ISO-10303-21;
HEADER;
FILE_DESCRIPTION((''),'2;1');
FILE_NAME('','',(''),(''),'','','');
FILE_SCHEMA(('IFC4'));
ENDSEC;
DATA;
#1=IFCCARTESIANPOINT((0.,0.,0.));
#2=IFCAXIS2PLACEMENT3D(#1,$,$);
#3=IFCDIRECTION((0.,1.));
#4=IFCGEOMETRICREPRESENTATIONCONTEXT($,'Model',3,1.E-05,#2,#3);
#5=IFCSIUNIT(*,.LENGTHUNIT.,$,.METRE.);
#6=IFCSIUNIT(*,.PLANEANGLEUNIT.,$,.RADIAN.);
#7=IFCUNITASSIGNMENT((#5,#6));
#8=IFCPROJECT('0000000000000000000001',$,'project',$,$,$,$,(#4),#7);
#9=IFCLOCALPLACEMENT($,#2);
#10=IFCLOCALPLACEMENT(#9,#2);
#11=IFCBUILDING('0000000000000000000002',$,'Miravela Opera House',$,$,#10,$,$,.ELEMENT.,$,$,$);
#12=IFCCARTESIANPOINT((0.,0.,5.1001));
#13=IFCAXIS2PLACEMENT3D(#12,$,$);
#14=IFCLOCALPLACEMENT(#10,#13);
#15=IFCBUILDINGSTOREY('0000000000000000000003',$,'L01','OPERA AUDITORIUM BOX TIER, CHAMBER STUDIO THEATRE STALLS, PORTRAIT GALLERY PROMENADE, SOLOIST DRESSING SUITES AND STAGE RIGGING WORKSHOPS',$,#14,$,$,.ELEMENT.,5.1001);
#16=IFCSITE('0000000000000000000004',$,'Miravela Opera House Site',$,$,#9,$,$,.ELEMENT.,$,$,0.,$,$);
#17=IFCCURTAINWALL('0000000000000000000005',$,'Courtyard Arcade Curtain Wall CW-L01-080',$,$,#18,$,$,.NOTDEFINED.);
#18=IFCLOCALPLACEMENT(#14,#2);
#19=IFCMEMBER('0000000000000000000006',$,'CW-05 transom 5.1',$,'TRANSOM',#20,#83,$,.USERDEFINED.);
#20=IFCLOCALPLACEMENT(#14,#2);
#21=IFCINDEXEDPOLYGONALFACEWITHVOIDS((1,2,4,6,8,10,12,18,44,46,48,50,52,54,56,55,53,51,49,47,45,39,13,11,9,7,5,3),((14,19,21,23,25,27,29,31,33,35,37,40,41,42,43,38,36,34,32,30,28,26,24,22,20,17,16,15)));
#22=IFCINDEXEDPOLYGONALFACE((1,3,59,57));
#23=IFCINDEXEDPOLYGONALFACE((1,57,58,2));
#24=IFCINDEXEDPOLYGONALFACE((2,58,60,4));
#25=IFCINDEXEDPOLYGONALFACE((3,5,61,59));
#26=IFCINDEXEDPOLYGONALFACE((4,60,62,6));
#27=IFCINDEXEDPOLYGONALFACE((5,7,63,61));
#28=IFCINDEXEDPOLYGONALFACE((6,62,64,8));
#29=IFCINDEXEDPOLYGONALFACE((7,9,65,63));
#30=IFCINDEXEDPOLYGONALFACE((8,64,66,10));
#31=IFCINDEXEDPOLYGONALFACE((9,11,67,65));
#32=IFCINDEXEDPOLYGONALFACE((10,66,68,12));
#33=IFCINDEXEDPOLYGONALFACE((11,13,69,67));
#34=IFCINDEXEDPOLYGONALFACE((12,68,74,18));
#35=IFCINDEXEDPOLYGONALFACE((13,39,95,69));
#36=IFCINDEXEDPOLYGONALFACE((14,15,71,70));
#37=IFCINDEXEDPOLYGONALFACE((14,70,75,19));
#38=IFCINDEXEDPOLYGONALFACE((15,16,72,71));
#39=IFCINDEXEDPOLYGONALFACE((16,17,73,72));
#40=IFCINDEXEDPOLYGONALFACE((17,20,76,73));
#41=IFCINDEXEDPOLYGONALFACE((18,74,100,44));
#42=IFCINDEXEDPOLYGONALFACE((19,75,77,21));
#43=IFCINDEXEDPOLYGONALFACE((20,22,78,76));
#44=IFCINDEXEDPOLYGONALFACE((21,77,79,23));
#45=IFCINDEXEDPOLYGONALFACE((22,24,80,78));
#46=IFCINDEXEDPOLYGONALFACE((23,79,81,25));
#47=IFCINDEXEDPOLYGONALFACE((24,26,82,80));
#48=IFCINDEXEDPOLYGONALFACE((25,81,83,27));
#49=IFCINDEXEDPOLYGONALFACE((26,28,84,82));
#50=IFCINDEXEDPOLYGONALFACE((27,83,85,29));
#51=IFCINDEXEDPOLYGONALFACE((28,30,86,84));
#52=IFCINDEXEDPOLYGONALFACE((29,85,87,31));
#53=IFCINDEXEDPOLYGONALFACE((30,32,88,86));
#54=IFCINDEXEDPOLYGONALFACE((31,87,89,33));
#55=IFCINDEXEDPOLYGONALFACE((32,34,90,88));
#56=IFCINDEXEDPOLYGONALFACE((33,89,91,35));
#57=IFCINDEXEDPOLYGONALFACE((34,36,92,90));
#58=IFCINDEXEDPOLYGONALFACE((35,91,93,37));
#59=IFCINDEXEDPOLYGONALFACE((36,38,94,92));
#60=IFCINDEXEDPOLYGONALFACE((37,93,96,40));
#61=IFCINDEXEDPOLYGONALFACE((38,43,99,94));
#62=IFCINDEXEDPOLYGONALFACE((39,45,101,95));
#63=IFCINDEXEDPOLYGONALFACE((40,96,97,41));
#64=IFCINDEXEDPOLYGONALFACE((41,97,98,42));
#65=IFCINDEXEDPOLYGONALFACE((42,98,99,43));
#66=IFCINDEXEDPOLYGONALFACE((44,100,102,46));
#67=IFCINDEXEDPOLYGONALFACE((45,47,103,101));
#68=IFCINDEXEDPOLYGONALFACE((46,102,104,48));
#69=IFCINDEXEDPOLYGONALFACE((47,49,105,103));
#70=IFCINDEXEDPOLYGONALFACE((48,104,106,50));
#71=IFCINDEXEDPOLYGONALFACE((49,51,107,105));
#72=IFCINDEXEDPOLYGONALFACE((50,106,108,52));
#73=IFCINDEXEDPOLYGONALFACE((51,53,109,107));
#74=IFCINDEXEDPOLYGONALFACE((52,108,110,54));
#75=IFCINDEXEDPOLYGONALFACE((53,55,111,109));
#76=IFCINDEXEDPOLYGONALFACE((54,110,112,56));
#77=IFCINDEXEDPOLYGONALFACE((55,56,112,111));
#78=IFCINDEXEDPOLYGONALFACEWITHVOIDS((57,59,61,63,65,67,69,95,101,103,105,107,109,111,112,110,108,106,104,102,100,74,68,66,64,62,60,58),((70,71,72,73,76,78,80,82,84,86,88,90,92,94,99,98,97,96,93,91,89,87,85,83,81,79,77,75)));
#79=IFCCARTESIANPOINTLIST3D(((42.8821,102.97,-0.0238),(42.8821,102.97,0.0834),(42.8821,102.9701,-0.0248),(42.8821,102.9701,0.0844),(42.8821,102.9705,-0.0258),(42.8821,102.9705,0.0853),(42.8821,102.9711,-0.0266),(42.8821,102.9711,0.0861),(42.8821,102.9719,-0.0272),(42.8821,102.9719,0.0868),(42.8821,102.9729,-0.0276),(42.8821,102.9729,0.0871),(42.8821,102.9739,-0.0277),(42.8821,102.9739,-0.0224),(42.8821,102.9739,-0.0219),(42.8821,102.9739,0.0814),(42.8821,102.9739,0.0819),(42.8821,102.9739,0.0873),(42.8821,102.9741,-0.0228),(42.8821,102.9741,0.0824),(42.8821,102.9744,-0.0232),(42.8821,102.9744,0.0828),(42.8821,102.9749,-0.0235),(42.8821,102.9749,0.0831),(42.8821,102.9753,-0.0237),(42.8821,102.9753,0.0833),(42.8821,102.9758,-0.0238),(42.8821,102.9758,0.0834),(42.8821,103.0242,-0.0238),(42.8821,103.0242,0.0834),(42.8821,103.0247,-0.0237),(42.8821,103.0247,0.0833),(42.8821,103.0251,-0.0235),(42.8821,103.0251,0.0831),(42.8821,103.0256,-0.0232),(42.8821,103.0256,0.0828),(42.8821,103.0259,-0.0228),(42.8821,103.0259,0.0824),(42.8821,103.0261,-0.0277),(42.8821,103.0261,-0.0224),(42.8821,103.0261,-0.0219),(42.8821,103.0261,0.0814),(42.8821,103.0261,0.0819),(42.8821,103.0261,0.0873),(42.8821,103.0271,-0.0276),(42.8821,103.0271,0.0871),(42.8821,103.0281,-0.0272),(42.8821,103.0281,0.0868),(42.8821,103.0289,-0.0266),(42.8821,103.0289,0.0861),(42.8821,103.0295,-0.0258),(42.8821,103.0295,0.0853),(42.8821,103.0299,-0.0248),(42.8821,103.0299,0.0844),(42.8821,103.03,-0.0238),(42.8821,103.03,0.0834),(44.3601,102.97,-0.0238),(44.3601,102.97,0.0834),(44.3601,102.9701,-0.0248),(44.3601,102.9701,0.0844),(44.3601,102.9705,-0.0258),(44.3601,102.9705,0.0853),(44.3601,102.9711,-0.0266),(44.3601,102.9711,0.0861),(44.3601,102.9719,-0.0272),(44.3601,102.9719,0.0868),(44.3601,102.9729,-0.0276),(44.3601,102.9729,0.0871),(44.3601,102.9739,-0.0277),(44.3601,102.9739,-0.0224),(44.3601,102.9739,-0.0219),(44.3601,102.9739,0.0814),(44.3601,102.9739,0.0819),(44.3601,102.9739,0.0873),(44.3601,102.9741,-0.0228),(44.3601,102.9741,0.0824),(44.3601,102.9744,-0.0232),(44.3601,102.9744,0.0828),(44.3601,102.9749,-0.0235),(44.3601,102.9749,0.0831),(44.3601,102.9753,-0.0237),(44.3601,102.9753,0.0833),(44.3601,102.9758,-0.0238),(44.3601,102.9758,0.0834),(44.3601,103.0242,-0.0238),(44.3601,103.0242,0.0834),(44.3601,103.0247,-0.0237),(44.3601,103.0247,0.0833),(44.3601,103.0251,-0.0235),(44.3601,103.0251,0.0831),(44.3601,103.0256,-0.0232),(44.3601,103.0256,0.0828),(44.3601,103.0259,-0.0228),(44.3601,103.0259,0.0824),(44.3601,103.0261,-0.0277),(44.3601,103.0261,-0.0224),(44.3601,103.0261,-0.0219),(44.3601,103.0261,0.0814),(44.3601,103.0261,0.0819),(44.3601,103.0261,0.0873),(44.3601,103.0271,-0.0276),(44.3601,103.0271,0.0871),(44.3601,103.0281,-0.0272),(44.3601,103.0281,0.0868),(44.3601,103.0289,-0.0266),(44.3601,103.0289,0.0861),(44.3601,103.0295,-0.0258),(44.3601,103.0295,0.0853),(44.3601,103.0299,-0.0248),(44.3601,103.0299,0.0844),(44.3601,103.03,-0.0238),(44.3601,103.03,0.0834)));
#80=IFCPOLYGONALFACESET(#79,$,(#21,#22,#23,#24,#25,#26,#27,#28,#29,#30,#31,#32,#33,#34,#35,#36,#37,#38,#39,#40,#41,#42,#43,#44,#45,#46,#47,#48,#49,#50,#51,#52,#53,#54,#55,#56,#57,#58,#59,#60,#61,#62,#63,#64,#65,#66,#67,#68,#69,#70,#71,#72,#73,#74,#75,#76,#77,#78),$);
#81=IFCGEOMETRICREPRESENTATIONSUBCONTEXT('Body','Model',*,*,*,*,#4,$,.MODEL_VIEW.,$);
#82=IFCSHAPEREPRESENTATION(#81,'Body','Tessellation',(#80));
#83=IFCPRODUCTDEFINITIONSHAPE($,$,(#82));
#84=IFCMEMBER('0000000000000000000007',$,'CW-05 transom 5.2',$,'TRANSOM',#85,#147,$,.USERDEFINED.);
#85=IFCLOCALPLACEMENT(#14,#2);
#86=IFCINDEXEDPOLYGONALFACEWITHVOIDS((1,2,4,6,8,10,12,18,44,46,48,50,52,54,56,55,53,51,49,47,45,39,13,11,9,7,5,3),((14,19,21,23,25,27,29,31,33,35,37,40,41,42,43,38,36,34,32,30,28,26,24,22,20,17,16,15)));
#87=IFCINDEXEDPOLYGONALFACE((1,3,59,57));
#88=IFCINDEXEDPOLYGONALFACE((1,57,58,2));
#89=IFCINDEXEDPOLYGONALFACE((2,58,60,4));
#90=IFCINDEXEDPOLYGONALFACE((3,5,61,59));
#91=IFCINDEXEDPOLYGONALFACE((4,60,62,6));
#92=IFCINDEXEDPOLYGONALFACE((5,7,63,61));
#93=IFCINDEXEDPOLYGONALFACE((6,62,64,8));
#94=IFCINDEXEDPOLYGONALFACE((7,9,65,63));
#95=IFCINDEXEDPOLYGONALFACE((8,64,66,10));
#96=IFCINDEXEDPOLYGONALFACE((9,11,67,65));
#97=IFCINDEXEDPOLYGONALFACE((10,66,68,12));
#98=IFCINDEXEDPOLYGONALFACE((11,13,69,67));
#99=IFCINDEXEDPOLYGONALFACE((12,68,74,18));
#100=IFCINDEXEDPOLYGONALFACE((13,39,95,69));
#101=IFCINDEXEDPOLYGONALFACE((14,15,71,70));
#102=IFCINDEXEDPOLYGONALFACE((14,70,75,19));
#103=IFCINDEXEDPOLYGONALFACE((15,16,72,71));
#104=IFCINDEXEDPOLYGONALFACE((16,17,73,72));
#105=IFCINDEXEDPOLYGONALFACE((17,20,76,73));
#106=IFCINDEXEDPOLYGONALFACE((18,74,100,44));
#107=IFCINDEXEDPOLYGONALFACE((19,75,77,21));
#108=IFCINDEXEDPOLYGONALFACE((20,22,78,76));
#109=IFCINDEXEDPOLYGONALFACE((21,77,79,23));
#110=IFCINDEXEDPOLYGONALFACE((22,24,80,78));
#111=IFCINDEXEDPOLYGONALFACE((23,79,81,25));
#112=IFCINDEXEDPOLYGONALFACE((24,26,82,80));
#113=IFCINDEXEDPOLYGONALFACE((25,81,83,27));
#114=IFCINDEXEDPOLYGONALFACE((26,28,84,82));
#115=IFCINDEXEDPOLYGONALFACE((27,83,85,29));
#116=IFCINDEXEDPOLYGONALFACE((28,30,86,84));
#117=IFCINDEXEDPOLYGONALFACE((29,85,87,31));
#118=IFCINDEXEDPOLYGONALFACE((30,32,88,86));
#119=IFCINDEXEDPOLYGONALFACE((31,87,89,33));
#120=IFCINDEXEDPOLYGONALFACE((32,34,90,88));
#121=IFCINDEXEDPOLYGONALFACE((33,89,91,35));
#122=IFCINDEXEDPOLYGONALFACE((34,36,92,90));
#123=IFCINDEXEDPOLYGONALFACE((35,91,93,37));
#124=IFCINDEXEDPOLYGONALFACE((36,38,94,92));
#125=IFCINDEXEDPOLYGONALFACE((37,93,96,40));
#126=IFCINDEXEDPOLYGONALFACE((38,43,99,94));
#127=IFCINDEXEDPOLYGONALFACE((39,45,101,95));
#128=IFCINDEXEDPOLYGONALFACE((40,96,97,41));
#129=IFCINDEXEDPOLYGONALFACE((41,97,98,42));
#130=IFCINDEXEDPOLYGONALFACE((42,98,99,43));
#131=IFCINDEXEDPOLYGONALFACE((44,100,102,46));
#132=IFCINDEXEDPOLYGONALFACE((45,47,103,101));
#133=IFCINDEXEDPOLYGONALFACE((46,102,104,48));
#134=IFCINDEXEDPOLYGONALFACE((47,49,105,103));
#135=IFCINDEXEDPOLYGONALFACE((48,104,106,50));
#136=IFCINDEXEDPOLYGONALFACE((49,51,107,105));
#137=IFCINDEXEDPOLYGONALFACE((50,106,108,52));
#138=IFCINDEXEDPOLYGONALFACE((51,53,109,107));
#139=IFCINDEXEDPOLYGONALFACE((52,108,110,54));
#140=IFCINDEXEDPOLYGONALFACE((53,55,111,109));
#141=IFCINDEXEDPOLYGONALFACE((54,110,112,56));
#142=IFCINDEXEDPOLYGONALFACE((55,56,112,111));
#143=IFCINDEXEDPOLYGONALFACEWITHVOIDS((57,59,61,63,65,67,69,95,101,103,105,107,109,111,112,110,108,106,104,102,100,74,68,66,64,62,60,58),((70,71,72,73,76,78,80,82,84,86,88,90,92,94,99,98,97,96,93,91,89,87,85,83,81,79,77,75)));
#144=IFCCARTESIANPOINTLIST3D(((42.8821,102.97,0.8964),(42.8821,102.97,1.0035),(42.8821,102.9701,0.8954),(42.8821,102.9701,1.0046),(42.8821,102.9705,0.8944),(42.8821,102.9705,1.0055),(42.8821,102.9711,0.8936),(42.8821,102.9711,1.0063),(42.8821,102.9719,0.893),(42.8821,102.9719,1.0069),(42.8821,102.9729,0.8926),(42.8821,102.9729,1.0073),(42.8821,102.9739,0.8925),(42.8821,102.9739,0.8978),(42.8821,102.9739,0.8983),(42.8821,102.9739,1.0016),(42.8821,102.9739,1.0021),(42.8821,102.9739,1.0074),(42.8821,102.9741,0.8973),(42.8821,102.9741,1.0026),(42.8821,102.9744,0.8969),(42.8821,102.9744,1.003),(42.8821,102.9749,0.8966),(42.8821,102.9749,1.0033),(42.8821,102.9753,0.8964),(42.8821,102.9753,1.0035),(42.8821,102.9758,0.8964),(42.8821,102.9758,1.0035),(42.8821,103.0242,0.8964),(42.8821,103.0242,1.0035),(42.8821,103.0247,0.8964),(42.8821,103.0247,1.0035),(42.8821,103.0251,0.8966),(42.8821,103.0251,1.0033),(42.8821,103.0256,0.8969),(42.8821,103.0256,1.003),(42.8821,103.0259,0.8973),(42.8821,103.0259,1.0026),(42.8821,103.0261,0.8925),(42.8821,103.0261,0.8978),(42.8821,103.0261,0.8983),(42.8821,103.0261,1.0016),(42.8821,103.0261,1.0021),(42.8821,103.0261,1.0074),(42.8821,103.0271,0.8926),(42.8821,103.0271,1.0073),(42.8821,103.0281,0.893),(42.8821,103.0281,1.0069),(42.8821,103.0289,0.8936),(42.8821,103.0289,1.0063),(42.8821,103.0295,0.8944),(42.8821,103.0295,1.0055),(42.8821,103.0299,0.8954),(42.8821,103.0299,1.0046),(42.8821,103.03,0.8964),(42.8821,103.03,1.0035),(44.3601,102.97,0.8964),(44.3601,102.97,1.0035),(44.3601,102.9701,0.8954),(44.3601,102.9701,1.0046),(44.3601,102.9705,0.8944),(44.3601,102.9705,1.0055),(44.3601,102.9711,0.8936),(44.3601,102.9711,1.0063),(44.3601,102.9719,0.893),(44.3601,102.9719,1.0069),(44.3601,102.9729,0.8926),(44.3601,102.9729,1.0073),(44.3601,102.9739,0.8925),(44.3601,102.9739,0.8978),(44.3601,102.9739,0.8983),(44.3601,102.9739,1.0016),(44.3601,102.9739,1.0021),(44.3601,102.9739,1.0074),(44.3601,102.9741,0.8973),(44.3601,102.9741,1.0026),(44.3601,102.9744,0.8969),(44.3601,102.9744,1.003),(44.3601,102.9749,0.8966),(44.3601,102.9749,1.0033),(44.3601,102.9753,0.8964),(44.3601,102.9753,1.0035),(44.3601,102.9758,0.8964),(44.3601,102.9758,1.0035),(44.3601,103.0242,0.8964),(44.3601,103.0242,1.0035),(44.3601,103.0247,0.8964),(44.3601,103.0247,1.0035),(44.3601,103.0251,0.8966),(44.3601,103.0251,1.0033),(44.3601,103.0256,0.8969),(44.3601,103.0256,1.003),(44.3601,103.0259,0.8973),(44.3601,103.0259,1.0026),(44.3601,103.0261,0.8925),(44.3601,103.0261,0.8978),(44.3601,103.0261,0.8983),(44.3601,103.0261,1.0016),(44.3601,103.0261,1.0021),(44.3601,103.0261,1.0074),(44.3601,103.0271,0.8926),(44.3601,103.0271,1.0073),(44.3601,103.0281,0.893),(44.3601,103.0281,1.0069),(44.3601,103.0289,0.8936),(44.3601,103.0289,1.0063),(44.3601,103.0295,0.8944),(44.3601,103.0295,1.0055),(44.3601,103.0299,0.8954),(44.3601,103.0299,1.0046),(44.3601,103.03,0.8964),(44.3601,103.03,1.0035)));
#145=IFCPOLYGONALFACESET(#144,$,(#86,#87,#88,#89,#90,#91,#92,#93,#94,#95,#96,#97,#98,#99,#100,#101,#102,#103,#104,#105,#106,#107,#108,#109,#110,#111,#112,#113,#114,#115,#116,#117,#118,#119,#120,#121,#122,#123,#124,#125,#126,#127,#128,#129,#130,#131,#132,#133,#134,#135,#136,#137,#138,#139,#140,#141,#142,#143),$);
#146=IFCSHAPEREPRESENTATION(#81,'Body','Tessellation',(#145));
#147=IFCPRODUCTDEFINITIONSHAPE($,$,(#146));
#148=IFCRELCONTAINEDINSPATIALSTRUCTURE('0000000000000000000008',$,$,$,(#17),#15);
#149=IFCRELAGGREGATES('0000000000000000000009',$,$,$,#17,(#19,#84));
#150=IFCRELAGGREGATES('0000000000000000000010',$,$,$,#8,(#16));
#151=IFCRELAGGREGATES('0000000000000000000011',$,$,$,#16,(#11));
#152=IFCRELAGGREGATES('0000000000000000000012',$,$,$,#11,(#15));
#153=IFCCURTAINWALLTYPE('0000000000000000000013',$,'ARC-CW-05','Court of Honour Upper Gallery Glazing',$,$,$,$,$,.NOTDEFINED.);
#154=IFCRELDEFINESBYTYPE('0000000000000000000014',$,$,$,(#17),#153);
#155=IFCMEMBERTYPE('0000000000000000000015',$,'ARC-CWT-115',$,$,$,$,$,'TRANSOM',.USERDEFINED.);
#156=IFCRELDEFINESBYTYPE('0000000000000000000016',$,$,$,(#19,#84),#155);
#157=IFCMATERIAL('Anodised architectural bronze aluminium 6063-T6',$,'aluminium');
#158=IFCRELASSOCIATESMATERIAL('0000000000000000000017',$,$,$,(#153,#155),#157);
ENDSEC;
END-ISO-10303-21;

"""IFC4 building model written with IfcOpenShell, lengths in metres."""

from ifc_helpers import new_model, si_unit, direction, frame, origin, origin_2d, place, context, subcontext, project, spatial, hollow_rectangle, extrude, material, material_profile, profile_set, type_object, element, aggregate, save


model = new_model("IFC4")

# Units and contexts
model_context = context("Model", 3, precision=1e-05, world=origin(), true_north=direction((0.0, 1.0)))
body_context = subcontext(model_context, "Body", "Model", "MODEL_VIEW")
ifc_project = project(units=[si_unit("LENGTHUNIT", "METRE"), si_unit("PLANEANGLEUNIT", "RADIAN")], contexts=[model_context])

# Site, building, storey
site_placement = place(None, origin())
site = spatial("IfcSite", under=ifc_project, at=site_placement, Name="Miravela Opera House Site", CompositionType="ELEMENT", RefElevation=0.0)
building_placement = place(site_placement, origin())
building = spatial("IfcBuilding", under=site, at=building_placement, Name="Miravela Opera House", CompositionType="ELEMENT")
storey_placement = place(building_placement, frame((0.0, 0.0, 5.1001)))
storey = spatial("IfcBuildingStorey", under=building, at=storey_placement, Name="L01", Description="OPERA AUDITORIUM BOX TIER, CHAMBER STUDIO THEATRE STALLS, PORTRAIT GALLERY PROMENADE, SOLOIST DRESSING SUITES AND STAGE RIGGING WORKSHOPS", CompositionType="ELEMENT", Elevation=5.1001)

# Curtain wall, members
ifc_material_1 = material(Name="Anodised architectural bronze aluminium 6063-T6", Category="aluminium")
curtain_wall_type = type_object("IfcCurtainWallType", Name="ARC-CW-05", Description="Court of Honour Upper Gallery Glazing", PredefinedType="NOTDEFINED", material=ifc_material_1)
curtain_wall_placement = place(storey_placement, origin())
curtain_wall = element("IfcCurtainWall", 1, at=curtain_wall_placement, inside=storey, type_object=curtain_wall_type, Name="Courtyard Arcade Curtain Wall CW-L01-080", PredefinedType="NOTDEFINED")
ifc_material_profile_1 = material_profile(ifc_material_1, hollow_rectangle(XDim=0.0601, YDim=0.115, WallThickness=0.0039, InnerFilletRadius=0.002, OuterFilletRadius=0.0039, at=origin_2d()), Name="CWT-60X115")
ifc_profile_set_1 = profile_set([ifc_material_profile_1])
member_type_1 = type_object("IfcMemberType", Name="ARC-CWT-115", ElementType="TRANSOM", PredefinedType="USERDEFINED", material=ifc_profile_set_1)
member_1_placement = place(storey_placement, frame((42.8821, 103.0, 0.0298), z_axis=(1.0, 0.0, 0.0), x_axis=(0.0, 1.0, 0.0)))
member_1 = element("IfcMember", 2, at=member_1_placement, type_object=member_type_1, Name="CW-05 transom 5.1", ObjectType="TRANSOM", PredefinedType="USERDEFINED", context=body_context, shape_type="SweptSolid", body=[
    extrude(hollow_rectangle(XDim=0.0601, YDim=0.115, WallThickness=0.0039, InnerFilletRadius=0.002, OuterFilletRadius=0.0039, at=origin_2d()), origin(), (0.0, 0.0, 1.0), 1.478),
])
member_2_placement = place(storey_placement, frame((42.8821, 103.0, 0.95), z_axis=(1.0, 0.0, 0.0), x_axis=(0.0, 1.0, 0.0)))
member_2 = element("IfcMember", 3, at=member_2_placement, type_object=member_type_1, Name="CW-05 transom 5.2", ObjectType="TRANSOM", PredefinedType="USERDEFINED", context=body_context, shape_type="SweptSolid", body=[
    extrude(hollow_rectangle(XDim=0.0601, YDim=0.115, WallThickness=0.0039, InnerFilletRadius=0.002, OuterFilletRadius=0.0039, at=origin_2d()), origin(), (0.0, 0.0, 1.0), 1.478),
])

aggregate(curtain_wall, [member_1, member_2])

save(model, "model.ifc")
